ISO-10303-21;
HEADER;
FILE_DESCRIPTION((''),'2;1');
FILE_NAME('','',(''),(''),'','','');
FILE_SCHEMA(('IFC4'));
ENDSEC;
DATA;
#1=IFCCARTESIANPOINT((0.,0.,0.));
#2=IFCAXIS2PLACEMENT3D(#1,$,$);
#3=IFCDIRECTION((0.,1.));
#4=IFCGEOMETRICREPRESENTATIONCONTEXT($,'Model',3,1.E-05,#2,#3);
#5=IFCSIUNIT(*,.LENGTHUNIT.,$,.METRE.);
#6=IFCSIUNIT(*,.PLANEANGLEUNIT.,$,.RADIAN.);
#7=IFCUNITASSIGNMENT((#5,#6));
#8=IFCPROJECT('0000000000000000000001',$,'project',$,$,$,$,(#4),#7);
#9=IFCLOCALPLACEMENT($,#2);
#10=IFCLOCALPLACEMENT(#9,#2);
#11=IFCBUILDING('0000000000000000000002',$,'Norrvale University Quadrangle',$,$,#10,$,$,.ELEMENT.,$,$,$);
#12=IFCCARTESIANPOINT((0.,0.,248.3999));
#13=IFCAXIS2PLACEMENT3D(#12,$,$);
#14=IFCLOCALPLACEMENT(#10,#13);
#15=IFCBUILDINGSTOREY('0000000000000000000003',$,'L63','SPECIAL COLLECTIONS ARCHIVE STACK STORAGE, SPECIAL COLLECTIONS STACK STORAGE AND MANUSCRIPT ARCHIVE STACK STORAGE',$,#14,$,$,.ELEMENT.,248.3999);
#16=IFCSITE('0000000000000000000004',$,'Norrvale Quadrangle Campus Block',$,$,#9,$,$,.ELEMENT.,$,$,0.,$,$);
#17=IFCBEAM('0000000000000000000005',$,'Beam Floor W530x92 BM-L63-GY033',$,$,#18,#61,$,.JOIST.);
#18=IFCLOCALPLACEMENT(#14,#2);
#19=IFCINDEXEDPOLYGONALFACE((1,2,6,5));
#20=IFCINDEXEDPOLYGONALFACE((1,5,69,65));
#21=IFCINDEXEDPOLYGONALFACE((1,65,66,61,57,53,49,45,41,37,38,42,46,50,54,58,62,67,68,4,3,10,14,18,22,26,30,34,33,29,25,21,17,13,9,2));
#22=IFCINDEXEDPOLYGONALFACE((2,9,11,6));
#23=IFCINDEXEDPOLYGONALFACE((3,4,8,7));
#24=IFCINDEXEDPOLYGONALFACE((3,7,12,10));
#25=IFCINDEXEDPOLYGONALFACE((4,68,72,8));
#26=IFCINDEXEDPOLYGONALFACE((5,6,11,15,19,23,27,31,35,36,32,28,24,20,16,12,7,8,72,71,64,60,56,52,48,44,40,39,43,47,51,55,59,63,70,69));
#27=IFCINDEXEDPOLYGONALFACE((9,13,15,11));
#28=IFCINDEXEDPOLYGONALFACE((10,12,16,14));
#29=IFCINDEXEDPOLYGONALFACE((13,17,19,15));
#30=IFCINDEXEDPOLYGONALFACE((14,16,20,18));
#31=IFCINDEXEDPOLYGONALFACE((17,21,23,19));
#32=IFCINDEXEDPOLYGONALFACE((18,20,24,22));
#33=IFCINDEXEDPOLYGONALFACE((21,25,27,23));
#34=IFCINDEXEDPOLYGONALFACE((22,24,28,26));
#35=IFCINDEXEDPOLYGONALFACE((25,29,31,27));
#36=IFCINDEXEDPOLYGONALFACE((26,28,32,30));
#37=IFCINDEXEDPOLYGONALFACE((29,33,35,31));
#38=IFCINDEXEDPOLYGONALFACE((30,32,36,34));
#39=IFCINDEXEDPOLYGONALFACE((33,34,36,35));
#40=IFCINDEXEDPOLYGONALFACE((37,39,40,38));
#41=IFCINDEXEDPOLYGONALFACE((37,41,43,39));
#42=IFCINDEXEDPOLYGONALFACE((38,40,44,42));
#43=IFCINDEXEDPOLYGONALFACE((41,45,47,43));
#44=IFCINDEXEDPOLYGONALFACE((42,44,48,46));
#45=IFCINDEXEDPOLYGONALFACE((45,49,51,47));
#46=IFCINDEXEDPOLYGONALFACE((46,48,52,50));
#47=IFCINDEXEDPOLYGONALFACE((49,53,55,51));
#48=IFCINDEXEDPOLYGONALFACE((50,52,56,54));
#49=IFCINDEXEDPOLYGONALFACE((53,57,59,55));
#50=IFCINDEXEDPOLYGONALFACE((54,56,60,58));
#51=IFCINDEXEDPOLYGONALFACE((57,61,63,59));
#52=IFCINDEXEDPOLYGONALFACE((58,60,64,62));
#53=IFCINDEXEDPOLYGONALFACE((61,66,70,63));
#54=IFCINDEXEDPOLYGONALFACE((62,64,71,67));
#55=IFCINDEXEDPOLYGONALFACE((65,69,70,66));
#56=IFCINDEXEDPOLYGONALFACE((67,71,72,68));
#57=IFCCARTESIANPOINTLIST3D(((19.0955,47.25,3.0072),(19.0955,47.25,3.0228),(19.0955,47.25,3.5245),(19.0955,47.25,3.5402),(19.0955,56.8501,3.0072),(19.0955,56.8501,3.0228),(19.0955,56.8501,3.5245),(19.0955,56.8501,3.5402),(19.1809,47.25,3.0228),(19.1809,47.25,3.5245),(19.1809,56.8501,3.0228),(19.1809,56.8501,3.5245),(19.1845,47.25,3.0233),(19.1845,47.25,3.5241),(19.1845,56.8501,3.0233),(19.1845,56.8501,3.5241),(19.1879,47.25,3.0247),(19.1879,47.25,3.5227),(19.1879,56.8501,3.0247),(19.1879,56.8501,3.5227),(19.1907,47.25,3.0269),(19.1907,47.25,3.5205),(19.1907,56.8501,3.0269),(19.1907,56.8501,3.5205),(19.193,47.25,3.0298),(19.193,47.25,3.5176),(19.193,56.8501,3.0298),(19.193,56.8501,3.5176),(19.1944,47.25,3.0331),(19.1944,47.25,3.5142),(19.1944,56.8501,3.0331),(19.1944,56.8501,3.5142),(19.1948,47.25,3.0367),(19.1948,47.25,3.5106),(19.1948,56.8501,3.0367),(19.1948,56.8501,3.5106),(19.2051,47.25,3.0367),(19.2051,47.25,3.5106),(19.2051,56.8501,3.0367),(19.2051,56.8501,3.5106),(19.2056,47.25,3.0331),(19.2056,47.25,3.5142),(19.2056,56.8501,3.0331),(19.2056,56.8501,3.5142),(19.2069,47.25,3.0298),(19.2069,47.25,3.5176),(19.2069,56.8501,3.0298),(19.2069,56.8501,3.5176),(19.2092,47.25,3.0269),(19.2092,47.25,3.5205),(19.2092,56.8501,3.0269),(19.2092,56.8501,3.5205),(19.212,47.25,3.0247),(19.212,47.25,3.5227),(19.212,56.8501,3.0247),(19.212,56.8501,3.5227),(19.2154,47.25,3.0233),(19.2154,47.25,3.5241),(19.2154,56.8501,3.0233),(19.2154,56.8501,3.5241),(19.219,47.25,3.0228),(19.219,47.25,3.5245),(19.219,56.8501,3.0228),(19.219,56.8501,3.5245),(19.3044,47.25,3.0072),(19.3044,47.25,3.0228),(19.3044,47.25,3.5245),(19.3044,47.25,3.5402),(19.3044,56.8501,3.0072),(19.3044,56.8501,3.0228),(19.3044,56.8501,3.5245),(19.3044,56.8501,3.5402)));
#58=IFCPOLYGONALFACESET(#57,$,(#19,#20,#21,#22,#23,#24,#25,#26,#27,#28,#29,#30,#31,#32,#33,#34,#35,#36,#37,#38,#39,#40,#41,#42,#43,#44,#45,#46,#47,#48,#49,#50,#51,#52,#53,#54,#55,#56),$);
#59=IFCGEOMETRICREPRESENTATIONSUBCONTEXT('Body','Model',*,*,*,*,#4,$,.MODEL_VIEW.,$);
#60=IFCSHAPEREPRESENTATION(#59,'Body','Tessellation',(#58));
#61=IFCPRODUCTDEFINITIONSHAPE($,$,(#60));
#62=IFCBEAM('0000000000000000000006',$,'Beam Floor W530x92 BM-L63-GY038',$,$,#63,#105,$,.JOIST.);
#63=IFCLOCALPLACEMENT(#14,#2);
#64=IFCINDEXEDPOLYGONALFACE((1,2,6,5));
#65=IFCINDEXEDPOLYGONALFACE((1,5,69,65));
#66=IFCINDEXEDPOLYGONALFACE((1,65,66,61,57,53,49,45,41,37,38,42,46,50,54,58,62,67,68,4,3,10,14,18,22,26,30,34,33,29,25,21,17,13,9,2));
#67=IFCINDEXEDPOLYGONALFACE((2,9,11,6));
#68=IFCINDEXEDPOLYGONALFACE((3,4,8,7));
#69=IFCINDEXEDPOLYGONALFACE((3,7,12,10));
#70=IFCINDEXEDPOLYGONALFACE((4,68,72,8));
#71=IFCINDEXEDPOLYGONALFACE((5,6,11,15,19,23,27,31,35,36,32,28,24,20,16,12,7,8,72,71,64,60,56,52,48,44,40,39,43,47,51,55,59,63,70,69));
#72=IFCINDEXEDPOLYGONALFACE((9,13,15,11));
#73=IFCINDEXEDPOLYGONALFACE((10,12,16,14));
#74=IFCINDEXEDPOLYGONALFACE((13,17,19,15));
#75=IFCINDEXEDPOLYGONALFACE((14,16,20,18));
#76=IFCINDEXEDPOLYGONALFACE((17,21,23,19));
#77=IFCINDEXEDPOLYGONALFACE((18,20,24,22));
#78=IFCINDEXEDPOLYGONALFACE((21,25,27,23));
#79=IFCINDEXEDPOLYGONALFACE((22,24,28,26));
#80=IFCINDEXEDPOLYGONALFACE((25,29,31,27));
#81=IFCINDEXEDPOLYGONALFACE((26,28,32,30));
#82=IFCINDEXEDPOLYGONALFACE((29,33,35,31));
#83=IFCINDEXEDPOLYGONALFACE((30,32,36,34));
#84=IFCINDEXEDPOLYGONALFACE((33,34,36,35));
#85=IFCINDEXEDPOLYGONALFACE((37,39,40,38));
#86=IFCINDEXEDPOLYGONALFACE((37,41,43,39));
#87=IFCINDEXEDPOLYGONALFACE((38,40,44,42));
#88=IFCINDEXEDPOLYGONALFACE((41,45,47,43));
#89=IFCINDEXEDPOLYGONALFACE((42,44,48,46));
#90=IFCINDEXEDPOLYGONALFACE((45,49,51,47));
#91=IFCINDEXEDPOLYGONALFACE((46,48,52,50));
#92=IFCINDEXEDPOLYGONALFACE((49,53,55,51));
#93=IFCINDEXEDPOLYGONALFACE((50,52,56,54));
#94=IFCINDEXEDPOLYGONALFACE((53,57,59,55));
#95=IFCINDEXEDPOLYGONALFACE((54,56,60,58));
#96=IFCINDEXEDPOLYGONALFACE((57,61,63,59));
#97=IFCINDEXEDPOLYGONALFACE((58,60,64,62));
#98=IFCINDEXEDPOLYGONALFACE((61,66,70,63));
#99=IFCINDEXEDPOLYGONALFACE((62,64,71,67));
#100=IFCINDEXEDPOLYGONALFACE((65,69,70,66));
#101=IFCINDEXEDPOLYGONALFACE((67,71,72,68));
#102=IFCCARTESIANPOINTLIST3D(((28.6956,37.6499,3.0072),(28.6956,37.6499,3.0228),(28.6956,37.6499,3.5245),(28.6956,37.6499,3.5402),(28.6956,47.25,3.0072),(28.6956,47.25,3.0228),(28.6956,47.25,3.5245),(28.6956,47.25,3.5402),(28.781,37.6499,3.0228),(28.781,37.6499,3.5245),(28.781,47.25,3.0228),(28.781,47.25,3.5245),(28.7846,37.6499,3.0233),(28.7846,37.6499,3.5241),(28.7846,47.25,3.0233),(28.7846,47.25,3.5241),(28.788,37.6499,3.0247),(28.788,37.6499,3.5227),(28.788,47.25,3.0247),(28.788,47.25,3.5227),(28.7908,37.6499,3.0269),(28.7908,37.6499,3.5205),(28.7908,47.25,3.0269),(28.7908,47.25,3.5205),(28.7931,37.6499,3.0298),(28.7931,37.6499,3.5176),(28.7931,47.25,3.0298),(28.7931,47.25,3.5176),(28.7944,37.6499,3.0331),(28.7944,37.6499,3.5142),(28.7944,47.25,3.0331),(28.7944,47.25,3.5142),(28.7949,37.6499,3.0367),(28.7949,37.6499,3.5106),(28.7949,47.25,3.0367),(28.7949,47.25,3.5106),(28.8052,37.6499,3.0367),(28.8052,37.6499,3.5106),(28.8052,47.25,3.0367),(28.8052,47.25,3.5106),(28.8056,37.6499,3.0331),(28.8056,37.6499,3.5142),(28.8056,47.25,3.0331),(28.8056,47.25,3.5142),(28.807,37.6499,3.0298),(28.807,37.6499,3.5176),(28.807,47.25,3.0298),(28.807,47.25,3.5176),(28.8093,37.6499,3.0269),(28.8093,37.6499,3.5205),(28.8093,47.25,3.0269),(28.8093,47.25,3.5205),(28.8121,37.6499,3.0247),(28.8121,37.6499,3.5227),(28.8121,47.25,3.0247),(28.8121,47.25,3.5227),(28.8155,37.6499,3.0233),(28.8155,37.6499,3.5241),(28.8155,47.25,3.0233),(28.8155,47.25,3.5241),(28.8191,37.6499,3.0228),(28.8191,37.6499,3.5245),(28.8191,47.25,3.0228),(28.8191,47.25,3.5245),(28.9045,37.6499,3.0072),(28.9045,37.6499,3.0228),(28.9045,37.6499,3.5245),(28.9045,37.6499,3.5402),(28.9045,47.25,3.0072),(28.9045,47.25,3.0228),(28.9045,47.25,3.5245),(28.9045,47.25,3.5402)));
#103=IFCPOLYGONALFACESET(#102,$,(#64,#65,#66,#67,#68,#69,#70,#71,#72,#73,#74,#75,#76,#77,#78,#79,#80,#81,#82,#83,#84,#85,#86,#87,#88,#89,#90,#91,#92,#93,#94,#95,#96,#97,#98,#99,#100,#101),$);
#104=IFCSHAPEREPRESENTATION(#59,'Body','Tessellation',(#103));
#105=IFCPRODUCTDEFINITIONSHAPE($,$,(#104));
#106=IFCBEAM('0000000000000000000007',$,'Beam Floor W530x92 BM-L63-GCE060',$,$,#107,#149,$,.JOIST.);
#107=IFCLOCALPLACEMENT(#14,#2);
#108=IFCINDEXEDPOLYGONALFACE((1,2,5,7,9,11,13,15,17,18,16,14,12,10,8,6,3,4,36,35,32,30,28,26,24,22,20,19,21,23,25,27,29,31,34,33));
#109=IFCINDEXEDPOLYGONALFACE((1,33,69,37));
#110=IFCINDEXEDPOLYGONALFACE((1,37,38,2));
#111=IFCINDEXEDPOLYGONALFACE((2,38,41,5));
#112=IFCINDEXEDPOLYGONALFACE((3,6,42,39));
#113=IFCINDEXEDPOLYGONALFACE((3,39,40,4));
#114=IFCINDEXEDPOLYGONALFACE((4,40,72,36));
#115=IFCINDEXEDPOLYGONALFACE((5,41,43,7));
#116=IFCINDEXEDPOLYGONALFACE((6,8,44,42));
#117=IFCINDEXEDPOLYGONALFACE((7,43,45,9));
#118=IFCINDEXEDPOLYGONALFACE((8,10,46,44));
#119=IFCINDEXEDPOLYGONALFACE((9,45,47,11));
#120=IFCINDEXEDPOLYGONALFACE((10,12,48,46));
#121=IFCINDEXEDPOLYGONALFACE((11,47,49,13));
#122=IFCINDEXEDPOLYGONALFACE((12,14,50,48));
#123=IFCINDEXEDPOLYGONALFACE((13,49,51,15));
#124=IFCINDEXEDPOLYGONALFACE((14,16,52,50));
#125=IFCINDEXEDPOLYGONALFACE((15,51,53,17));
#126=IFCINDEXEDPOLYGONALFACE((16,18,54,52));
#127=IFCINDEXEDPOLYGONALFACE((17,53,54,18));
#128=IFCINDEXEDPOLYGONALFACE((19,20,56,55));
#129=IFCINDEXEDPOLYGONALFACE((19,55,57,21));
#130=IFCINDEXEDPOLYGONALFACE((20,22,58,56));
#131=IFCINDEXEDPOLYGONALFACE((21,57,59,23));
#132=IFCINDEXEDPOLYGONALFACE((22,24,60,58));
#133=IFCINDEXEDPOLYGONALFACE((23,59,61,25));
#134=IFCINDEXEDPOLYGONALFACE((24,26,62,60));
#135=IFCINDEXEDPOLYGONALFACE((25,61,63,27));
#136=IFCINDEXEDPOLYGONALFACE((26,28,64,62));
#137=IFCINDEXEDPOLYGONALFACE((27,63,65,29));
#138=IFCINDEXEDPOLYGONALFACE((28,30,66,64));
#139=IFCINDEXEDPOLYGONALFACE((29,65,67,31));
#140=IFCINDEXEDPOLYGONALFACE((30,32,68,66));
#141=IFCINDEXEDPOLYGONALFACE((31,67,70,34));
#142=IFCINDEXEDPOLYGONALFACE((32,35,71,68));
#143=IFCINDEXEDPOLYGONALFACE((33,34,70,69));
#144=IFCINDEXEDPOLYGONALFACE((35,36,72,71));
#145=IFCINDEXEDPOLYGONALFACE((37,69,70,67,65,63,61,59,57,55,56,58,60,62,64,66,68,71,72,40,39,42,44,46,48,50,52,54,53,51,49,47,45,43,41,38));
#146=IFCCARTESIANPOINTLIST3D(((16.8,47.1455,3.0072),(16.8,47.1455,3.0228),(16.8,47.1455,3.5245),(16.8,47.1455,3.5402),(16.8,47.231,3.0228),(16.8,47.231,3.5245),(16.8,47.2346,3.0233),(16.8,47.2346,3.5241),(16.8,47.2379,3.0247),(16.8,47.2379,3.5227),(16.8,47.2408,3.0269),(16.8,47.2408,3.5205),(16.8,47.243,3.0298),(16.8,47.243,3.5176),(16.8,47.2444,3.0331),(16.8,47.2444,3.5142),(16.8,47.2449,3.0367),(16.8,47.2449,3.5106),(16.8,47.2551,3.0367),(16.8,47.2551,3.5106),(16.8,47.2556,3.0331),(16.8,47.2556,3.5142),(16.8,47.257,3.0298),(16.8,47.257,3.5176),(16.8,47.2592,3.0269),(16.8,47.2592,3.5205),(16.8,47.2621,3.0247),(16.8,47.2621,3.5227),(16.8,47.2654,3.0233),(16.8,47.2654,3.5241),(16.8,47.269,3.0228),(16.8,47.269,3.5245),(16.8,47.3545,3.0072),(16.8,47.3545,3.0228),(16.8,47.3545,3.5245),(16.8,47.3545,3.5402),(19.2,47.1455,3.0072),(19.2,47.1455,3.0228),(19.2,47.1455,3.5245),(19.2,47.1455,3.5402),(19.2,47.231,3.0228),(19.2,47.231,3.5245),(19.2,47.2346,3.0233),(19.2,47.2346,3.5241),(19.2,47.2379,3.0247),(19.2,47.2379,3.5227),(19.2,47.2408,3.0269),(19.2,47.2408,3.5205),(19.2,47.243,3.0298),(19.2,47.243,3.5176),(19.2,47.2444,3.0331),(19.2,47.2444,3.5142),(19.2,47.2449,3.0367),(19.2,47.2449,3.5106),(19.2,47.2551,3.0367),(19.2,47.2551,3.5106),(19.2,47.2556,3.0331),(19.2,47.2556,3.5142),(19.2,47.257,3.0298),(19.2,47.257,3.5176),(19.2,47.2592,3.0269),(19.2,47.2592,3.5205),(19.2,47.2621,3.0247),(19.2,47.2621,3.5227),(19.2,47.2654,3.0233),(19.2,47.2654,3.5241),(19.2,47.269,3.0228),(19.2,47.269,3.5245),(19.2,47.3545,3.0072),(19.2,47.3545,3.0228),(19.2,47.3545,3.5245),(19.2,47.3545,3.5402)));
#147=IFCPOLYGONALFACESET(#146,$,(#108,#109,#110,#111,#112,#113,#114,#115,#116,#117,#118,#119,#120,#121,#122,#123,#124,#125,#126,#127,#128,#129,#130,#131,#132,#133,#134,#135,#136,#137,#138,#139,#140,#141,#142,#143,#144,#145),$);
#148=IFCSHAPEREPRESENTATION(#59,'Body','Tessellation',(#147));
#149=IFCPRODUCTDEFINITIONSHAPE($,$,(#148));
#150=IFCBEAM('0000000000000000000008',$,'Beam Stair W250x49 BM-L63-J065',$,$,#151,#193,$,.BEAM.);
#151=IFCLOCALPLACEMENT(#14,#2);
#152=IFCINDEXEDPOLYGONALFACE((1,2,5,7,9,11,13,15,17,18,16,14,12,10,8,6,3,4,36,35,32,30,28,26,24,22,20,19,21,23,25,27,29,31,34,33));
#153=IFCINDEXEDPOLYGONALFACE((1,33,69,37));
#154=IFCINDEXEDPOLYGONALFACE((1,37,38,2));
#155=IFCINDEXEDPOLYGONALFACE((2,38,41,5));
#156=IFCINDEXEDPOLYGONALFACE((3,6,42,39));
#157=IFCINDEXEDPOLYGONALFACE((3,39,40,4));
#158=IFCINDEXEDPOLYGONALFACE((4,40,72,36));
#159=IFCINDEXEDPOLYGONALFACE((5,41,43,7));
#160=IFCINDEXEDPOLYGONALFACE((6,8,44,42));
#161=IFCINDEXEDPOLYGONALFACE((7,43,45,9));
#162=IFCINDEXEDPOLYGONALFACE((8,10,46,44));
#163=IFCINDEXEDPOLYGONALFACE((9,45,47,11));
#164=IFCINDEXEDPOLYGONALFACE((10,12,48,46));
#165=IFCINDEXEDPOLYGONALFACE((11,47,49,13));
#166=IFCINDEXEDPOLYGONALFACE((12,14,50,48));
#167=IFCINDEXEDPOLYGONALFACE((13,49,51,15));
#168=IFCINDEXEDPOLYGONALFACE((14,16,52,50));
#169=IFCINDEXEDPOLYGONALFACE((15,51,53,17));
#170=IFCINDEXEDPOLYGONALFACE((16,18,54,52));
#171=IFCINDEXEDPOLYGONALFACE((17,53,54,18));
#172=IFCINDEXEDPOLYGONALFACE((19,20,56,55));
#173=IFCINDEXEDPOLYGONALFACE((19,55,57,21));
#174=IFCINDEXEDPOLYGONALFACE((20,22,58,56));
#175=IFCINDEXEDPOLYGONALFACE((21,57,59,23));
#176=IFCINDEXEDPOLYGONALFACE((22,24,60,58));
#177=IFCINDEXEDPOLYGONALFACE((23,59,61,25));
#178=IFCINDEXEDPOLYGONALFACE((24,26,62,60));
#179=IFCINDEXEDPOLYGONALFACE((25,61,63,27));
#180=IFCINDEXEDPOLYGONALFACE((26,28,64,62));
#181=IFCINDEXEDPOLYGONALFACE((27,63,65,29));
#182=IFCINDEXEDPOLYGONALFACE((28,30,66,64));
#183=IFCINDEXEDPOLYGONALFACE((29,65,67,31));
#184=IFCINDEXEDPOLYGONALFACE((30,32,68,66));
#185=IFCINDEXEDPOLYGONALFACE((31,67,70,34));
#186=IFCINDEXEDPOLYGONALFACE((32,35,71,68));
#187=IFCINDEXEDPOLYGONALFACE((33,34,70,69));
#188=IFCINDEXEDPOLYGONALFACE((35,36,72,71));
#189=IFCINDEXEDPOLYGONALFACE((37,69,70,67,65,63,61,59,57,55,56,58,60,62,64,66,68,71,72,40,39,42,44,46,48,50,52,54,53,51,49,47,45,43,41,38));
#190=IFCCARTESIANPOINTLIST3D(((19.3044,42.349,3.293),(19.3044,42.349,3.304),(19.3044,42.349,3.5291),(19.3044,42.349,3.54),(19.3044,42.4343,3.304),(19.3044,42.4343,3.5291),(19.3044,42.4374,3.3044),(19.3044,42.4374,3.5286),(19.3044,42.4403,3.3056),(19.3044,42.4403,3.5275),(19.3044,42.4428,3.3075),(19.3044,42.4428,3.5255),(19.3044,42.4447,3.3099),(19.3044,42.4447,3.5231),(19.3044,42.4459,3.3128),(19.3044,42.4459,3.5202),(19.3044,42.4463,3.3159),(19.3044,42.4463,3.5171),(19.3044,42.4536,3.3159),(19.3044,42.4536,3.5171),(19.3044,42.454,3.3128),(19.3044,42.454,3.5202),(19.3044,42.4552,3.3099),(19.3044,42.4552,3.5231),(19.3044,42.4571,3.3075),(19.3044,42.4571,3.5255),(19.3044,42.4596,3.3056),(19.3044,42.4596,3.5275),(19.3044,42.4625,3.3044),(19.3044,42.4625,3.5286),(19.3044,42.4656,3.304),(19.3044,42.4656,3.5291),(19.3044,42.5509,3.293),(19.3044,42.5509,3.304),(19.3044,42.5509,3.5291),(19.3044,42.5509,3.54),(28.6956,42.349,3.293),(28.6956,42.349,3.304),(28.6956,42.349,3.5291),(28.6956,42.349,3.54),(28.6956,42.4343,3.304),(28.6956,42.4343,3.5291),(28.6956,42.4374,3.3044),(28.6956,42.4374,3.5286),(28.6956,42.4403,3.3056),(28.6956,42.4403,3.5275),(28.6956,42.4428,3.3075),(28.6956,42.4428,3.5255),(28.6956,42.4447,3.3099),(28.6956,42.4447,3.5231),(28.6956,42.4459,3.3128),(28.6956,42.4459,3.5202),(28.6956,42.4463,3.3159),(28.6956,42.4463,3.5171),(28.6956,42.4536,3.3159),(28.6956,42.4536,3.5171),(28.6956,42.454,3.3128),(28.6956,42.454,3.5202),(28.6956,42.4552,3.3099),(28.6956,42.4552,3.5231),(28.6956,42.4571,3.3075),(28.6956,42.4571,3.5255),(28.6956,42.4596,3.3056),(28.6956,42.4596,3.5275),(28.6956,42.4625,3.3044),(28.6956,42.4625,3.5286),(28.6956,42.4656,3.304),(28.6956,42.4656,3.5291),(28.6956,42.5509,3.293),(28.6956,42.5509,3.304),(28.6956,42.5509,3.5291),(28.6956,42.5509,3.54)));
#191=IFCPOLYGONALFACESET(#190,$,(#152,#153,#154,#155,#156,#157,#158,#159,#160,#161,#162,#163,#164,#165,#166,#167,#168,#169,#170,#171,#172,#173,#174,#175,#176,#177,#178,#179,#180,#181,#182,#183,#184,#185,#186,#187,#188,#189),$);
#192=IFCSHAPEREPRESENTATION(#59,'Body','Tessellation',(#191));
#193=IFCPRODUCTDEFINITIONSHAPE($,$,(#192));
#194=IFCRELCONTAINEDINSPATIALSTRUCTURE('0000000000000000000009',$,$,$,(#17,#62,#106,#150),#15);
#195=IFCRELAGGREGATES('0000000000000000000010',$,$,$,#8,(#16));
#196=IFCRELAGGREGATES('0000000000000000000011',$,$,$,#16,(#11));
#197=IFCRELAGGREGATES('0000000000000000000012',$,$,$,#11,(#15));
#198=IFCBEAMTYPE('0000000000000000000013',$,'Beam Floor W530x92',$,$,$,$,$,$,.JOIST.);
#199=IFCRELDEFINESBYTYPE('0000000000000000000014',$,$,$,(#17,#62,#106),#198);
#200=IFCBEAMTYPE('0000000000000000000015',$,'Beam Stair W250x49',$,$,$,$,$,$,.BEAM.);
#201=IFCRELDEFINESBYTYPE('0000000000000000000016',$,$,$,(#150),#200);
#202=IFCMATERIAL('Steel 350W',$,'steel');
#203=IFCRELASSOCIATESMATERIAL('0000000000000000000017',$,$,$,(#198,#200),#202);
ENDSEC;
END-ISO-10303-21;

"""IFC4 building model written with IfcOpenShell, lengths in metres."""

from ifc_helpers import new_model, si_unit, direction, frame, origin, origin_2d, place, context, subcontext, project, spatial, i_section, extrude, material, material_profile, profile_set, type_object, element, save


model = new_model("IFC4")

# Units and contexts
model_context = context("Model", 3, precision=1e-05, world=origin(), true_north=direction((0.0, 1.0)))
body_context = subcontext(model_context, "Body", "Model", "MODEL_VIEW")
ifc_project = project(units=[si_unit("LENGTHUNIT", "METRE"), si_unit("PLANEANGLEUNIT", "RADIAN")], contexts=[model_context])

# Site, building, storey
site_placement = place(None, origin())
site = spatial("IfcSite", under=ifc_project, at=site_placement, Name="Norrvale Quadrangle Campus Block", CompositionType="ELEMENT", RefElevation=0.0)
building_placement = place(site_placement, origin())
building = spatial("IfcBuilding", under=site, at=building_placement, Name="Norrvale University Quadrangle", CompositionType="ELEMENT")
storey_placement = place(building_placement, frame((0.0, 0.0, 248.3999)))
storey = spatial("IfcBuildingStorey", under=building, at=storey_placement, Name="L63", Description="SPECIAL COLLECTIONS ARCHIVE STACK STORAGE, SPECIAL COLLECTIONS STACK STORAGE AND MANUSCRIPT ARCHIVE STACK STORAGE", CompositionType="ELEMENT", Elevation=248.3999)

# Beams
ifc_material_1 = material(Name="Steel 350W", Category="steel")
ifc_material_profile_1 = material_profile(ifc_material_1, i_section(OverallWidth=0.209, OverallDepth=0.533, WebThickness=0.0103, FlangeThickness=0.0156, FilletRadius=0.0139, at=origin_2d()), Name="Steel 350W")
ifc_profile_set_1 = profile_set([ifc_material_profile_1], Name="Steel 350W")
beam_type_1 = type_object("IfcBeamType", Name="Beam Floor W530x92", PredefinedType="JOIST", material=ifc_profile_set_1)
for number, where, z_axis, x_axis, name in (
    (1, (19.2, 47.25, 3.2737), (0.0, 1.0, 0.0), (-1.0, 0.0, 0.0), "Beam Floor W530x92 BM-L63-GY033"),
    (2, (28.8, 37.6499, 3.2737), (0.0, 1.0, 0.0), (-1.0, 0.0, 0.0), "Beam Floor W530x92 BM-L63-GY038"),
):
    element("IfcBeam", number, at=place(storey_placement, frame(where, z_axis=z_axis, x_axis=x_axis)), inside=storey, type_object=beam_type_1, Name=name, PredefinedType="JOIST", context=body_context, shape_type="SweptSolid", body=[
        extrude(i_section(OverallWidth=0.209, OverallDepth=0.533, WebThickness=0.0103, FlangeThickness=0.0156, FilletRadius=0.0139, at=origin_2d()), origin(), (0.0, 0.0, 1.0), 9.6001),
    ])
beam_1_placement = place(storey_placement, frame((16.8, 47.25, 3.2737), z_axis=(1.0, 0.0, 0.0), x_axis=(0.0, 1.0, 0.0)))
element("IfcBeam", 3, at=beam_1_placement, inside=storey, type_object=beam_type_1, Name="Beam Floor W530x92 BM-L63-GCE060", PredefinedType="JOIST", context=body_context, shape_type="SweptSolid", body=[
    extrude(i_section(OverallWidth=0.209, OverallDepth=0.533, WebThickness=0.0103, FlangeThickness=0.0156, FilletRadius=0.0139, at=origin_2d()), origin(), (0.0, 0.0, 1.0), 2.3999),
])
ifc_material_profile_2 = material_profile(ifc_material_1, i_section(OverallWidth=0.2019, OverallDepth=0.2471, WebThickness=0.0073, FlangeThickness=0.011, FilletRadius=0.012, at=origin_2d()), Name="Steel 350W")
ifc_profile_set_2 = profile_set([ifc_material_profile_2], Name="Steel 350W")
beam_type_2 = type_object("IfcBeamType", Name="Beam Stair W250x49", PredefinedType="BEAM", material=ifc_profile_set_2)
for number, where, z_axis, x_axis, name in (
    (4, (19.3044, 42.45, 3.4165), (1.0, 0.0, 0.0), (0.0, 1.0, 0.0), "Beam Stair W250x49 BM-L63-J065"),
):
    element("IfcBeam", number, at=place(storey_placement, frame(where, z_axis=z_axis, x_axis=x_axis)), inside=storey, type_object=beam_type_2, Name=name, PredefinedType="BEAM", context=body_context, shape_type="SweptSolid", body=[
        extrude(i_section(OverallWidth=0.2019, OverallDepth=0.2471, WebThickness=0.0073, FlangeThickness=0.011, FilletRadius=0.012, at=origin_2d()), origin(), (0.0, 0.0, 1.0), 9.3911),
    ])

save(model, "model.ifc")
